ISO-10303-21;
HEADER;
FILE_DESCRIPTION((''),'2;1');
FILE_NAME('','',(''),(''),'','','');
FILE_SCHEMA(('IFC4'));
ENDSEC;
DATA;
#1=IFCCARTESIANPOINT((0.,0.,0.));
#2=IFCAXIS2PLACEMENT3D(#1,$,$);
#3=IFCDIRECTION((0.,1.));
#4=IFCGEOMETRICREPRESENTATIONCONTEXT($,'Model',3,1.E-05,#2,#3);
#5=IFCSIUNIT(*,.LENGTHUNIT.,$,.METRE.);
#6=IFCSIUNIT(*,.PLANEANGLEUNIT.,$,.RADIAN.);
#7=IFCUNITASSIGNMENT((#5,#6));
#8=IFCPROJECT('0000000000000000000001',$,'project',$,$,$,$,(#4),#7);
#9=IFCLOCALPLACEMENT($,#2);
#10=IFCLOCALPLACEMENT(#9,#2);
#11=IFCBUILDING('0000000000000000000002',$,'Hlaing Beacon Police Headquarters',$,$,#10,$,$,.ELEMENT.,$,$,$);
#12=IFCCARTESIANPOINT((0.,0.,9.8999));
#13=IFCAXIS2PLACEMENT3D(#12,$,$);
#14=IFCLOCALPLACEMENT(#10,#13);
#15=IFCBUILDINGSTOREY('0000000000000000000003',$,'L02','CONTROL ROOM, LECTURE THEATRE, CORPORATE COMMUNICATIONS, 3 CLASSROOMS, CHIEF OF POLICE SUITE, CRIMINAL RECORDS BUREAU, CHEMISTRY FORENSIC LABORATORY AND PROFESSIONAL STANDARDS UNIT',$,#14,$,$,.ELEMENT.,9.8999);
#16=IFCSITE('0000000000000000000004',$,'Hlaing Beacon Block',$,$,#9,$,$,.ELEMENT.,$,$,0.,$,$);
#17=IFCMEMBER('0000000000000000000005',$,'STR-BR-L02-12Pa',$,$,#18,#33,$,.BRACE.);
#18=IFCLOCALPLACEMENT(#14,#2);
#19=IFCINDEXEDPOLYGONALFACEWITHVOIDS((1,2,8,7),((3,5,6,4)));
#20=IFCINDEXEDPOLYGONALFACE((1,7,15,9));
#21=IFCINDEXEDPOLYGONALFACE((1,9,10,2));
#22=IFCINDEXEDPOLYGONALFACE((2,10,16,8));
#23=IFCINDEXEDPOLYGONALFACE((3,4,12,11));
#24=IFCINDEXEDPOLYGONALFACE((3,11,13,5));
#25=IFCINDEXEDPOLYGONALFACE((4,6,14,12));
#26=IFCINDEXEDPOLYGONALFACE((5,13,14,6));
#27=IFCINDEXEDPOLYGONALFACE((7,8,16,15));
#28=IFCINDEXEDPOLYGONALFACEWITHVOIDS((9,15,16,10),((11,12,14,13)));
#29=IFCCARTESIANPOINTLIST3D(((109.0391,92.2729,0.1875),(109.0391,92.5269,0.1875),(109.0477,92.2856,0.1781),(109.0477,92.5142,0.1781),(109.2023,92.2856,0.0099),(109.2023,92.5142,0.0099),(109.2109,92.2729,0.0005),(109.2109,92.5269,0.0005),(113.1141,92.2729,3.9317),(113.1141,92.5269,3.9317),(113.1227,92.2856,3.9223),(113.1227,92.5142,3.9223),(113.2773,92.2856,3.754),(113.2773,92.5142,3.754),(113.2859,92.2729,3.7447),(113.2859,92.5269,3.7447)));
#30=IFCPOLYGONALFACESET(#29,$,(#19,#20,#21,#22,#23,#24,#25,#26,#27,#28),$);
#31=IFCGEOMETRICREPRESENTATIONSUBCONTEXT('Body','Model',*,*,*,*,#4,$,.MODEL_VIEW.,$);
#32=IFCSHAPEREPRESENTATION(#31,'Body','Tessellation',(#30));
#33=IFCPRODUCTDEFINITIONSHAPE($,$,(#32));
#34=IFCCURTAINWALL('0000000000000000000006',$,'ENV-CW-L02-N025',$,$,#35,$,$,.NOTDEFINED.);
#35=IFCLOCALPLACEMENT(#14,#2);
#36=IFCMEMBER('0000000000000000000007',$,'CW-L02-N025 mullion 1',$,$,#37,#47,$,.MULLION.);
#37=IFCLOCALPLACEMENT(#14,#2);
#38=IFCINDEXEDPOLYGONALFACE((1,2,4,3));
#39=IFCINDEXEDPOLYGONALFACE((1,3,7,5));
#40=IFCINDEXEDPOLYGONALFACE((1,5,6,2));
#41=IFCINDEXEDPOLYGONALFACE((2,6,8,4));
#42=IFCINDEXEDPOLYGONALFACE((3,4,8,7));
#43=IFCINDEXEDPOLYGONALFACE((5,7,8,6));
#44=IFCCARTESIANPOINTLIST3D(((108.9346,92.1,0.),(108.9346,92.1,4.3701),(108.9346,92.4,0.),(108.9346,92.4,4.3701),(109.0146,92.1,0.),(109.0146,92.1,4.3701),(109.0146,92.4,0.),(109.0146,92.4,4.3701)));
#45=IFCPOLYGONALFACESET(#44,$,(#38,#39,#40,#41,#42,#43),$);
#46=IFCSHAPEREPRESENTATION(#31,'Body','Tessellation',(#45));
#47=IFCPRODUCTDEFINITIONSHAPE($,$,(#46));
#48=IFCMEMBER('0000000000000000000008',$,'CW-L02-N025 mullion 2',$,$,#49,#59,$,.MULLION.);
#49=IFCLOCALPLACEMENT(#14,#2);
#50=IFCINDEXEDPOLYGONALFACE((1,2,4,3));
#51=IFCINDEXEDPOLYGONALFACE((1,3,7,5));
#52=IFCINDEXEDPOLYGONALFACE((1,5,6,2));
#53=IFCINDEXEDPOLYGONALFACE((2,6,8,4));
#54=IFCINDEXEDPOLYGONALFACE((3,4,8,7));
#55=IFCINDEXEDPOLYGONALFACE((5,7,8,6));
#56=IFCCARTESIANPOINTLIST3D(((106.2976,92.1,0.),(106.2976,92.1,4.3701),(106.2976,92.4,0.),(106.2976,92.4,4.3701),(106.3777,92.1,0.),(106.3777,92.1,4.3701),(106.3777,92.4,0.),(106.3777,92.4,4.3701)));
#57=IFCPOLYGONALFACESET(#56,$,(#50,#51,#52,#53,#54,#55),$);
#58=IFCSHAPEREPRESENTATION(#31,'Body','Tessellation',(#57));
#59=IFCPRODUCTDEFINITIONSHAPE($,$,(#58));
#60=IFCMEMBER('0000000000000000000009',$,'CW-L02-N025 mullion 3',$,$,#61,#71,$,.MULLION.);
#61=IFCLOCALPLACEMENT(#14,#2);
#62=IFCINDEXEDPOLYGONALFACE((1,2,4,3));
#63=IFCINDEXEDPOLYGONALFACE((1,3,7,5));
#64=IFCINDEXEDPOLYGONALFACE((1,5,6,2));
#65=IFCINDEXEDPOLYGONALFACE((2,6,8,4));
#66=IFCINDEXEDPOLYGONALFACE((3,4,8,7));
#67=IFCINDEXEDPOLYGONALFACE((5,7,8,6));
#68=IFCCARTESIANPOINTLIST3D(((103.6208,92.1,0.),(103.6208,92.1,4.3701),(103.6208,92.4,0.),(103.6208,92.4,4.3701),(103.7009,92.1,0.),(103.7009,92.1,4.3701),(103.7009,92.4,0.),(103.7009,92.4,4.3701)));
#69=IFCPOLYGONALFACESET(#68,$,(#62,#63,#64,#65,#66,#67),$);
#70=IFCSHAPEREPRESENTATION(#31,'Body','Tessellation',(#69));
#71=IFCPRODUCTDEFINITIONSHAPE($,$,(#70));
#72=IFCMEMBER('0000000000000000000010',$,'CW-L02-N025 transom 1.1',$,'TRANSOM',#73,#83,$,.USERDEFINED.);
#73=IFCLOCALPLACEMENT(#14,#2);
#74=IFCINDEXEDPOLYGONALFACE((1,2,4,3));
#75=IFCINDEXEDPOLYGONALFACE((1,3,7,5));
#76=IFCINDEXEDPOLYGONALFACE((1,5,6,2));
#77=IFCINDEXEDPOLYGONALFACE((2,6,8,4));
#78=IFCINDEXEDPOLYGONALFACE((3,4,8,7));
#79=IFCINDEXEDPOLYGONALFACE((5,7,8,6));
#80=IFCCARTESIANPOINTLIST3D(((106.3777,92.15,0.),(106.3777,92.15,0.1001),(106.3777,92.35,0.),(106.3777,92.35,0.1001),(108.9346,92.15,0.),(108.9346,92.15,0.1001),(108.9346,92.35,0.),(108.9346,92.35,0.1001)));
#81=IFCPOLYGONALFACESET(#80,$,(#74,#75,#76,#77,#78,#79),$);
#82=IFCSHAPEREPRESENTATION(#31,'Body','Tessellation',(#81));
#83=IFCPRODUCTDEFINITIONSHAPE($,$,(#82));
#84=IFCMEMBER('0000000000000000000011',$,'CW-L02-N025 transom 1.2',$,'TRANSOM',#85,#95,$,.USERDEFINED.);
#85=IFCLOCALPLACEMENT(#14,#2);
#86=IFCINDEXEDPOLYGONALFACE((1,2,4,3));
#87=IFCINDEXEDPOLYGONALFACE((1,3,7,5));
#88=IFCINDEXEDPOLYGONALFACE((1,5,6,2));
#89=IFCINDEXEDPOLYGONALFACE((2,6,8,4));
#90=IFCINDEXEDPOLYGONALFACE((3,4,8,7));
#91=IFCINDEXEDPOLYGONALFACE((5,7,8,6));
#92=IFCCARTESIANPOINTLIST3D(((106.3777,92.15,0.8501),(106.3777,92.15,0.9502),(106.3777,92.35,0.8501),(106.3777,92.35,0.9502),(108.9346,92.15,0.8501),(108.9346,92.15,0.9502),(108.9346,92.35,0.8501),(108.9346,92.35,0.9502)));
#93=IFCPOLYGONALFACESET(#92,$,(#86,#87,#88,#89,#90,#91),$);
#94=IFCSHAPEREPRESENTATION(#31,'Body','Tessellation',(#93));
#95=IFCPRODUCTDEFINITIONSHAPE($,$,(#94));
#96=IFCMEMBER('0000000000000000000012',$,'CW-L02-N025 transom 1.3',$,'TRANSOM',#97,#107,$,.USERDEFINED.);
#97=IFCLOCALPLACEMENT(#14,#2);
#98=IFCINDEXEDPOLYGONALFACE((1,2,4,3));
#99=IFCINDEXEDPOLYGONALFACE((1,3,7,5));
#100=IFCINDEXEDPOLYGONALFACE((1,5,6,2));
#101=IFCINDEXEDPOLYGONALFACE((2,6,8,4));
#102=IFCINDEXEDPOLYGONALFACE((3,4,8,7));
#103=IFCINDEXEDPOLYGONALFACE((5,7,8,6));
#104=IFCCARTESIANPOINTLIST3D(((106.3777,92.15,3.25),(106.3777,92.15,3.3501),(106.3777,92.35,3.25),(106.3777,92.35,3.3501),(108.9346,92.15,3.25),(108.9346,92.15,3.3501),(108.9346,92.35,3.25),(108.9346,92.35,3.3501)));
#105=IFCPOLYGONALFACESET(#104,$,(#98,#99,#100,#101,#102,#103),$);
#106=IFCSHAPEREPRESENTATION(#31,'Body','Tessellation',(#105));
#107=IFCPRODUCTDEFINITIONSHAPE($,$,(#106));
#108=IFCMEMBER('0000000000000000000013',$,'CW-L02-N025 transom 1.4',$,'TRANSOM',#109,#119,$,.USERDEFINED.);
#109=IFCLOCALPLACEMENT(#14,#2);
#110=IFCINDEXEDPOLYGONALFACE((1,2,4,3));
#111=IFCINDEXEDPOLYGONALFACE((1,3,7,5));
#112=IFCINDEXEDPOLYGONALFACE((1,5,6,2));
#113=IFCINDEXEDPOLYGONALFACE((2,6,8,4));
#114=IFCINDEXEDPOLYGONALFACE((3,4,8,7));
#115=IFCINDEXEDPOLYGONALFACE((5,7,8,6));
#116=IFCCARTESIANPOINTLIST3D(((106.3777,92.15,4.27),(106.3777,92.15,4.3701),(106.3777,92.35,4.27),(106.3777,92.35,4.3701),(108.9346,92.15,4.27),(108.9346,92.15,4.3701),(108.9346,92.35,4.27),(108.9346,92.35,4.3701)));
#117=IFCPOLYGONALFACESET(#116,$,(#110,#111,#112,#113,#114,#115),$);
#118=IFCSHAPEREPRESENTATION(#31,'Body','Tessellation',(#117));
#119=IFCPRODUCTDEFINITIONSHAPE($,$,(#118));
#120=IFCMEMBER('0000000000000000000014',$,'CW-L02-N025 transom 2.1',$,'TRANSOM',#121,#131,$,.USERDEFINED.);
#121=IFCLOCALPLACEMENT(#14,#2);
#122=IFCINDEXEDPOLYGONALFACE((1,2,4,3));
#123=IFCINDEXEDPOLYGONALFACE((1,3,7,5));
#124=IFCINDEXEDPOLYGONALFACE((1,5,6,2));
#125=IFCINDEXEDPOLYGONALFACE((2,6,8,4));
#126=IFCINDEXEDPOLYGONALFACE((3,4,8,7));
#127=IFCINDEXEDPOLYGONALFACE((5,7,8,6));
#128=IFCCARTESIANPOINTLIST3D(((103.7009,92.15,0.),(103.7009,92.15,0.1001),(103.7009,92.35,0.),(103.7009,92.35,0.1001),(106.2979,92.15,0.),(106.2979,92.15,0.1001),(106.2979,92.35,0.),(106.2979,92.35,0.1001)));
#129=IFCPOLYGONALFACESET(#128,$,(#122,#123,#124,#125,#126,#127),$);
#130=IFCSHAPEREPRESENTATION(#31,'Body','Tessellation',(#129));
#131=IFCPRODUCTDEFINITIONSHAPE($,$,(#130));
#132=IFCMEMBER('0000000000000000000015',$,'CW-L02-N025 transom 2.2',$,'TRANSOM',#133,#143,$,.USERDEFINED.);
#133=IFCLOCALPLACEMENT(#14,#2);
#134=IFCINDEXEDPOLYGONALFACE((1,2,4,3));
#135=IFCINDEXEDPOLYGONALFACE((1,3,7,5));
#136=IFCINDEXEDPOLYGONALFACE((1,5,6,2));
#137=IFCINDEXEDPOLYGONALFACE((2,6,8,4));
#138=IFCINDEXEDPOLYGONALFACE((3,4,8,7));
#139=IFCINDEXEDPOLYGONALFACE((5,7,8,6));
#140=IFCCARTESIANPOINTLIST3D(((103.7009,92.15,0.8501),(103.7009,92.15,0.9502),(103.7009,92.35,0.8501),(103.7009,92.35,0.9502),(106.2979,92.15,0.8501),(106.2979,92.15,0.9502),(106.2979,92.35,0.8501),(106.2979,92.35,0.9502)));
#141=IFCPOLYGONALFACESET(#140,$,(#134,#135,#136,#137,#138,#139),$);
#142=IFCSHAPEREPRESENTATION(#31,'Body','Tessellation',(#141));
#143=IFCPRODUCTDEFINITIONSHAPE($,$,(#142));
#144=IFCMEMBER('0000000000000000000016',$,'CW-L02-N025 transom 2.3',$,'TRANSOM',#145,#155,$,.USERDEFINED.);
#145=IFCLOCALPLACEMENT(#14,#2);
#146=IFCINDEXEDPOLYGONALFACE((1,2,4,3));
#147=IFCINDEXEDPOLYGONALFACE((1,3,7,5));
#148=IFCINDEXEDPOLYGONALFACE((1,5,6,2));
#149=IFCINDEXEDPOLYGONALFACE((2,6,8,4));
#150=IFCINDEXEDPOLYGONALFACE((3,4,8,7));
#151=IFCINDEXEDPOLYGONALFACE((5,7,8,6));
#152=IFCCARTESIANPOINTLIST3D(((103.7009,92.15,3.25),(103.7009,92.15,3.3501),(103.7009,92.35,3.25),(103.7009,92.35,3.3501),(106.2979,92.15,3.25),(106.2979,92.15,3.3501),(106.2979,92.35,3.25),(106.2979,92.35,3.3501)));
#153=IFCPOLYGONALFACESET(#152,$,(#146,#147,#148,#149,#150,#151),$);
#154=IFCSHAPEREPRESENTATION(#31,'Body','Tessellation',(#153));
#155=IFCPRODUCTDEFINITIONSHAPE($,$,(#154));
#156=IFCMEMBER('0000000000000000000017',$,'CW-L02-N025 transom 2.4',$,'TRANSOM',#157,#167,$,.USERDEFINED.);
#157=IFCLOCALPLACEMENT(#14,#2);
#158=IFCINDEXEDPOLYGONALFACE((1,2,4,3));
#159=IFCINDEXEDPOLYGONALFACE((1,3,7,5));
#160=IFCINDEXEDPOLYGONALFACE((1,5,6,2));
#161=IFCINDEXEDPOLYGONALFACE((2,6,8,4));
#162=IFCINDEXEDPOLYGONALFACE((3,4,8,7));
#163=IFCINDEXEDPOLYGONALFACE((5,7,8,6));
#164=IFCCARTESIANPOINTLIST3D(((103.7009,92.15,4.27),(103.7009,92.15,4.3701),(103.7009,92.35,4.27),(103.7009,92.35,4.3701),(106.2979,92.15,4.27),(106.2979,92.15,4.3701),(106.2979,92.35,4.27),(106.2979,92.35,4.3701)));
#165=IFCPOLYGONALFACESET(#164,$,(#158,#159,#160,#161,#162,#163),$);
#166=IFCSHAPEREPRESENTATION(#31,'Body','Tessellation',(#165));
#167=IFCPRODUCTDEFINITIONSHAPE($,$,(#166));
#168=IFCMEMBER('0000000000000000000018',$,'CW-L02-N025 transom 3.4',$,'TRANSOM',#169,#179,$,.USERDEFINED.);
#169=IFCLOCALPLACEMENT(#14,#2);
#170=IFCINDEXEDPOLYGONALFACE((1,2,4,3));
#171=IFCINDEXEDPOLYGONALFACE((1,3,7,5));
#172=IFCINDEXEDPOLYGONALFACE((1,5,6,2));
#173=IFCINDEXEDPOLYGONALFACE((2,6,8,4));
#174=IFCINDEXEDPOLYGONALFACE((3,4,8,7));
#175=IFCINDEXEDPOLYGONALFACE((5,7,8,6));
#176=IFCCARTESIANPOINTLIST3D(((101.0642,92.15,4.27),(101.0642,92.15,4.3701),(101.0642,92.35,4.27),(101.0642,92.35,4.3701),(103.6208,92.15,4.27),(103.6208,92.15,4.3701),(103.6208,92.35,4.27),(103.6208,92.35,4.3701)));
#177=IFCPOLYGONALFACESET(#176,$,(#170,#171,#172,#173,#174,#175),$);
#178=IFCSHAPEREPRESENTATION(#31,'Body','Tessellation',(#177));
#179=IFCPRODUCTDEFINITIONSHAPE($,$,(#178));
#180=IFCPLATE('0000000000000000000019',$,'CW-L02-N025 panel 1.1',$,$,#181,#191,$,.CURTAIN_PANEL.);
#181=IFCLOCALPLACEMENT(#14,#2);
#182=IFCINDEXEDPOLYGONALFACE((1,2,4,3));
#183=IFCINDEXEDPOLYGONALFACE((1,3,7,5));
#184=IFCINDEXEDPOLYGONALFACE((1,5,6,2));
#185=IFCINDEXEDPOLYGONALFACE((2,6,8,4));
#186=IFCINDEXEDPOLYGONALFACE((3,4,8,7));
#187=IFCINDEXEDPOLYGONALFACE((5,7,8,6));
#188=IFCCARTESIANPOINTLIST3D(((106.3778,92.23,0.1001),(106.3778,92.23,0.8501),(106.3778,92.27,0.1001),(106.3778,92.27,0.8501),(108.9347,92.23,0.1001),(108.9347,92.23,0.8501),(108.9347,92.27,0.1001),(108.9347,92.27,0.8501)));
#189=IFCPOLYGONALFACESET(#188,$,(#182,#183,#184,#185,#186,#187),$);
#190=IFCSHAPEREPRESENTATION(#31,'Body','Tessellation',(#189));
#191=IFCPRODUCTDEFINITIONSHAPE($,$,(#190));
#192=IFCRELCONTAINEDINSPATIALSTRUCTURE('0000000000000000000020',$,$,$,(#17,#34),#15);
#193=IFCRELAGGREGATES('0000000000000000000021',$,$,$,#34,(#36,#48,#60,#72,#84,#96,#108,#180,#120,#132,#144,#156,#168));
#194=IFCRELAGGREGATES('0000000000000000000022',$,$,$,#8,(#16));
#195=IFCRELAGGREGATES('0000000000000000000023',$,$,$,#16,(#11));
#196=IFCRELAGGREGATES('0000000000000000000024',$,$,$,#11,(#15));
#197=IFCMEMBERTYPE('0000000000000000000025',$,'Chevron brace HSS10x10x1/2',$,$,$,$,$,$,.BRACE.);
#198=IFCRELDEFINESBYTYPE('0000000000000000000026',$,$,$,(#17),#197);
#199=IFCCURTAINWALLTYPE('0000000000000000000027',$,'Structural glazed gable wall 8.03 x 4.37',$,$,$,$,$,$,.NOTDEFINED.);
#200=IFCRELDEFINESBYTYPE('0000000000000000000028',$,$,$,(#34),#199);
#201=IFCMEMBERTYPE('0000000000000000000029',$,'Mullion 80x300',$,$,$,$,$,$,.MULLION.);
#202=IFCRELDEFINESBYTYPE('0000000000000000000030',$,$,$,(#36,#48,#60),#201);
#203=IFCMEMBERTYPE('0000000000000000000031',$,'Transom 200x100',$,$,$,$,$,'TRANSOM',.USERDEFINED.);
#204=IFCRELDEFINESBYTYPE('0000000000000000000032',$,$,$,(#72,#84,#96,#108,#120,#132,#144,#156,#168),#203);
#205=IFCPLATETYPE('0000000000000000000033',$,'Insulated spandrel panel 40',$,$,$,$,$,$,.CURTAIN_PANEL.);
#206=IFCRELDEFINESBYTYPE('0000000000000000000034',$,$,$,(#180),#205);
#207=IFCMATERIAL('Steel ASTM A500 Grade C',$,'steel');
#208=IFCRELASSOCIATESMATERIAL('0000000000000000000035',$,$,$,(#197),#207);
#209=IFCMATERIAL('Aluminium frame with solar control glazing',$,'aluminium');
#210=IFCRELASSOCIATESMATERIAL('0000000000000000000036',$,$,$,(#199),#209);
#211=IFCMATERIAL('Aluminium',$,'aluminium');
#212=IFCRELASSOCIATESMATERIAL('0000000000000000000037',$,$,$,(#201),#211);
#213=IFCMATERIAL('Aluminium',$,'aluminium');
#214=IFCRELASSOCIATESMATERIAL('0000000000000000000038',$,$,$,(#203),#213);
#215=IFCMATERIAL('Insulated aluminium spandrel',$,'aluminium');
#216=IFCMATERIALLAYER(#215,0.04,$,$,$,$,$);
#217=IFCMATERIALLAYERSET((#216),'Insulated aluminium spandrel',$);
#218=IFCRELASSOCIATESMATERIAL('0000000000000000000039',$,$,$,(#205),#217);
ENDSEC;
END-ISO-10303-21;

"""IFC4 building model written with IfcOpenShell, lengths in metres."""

from ifc_helpers import new_model, si_unit, direction, frame, origin, origin_2d, place, context, subcontext, project, spatial, rectangle, hollow_rectangle, extrude, material, layer, layer_set, material_profile, profile_set, type_object, element, aggregate, save


model = new_model("IFC4")

# Units and contexts
model_context = context("Model", 3, precision=1e-05, world=origin(), true_north=direction((0.0, 1.0)))
body_context = subcontext(model_context, "Body", "Model", "MODEL_VIEW")
ifc_project = project(units=[si_unit("LENGTHUNIT", "METRE"), si_unit("PLANEANGLEUNIT", "RADIAN")], contexts=[model_context])

# Site, building, storey
site_placement = place(None, origin())
site = spatial("IfcSite", under=ifc_project, at=site_placement, Name="Hlaing Beacon Block", CompositionType="ELEMENT", RefElevation=0.0)
building_placement = place(site_placement, origin())
building = spatial("IfcBuilding", under=site, at=building_placement, Name="Hlaing Beacon Police Headquarters", CompositionType="ELEMENT")
storey_placement = place(building_placement, frame((0.0, 0.0, 9.8999)))
storey = spatial("IfcBuildingStorey", under=building, at=storey_placement, Name="L02", Description="CONTROL ROOM, LECTURE THEATRE, CORPORATE COMMUNICATIONS, 3 CLASSROOMS, CHIEF OF POLICE SUITE, CRIMINAL RECORDS BUREAU, CHEMISTRY FORENSIC LABORATORY AND PROFESSIONAL STANDARDS UNIT", CompositionType="ELEMENT", Elevation=9.8999)

# Member
ifc_material_1 = material(Name="Steel ASTM A500 Grade C", Category="steel")
ifc_material_profile_1 = material_profile(ifc_material_1, hollow_rectangle(XDim=0.2539, YDim=0.2539, WallThickness=0.0127, at=origin_2d()), Name="HSS10x10x1/2")
ifc_profile_set_1 = profile_set([ifc_material_profile_1], Name="Steel ASTM A500 Grade C")
member_type_1 = type_object("IfcMemberType", Name="Chevron brace HSS10x10x1/2", PredefinedType="BRACE", material=ifc_profile_set_1)
member_1_placement = place(storey_placement, frame((109.125, 92.3999, 0.094), z_axis=(0.736364, 0.0, 0.676585), x_axis=(0.0, 1.0, 0.0)))
element("IfcMember", 1, at=member_1_placement, inside=storey, type_object=member_type_1, Name="STR-BR-L02-12Pa", PredefinedType="BRACE", context=body_context, shape_type="SweptSolid", body=[
    extrude(hollow_rectangle(XDim=0.2539, YDim=0.2539, WallThickness=0.0127, at=origin_2d()), origin(), (0.0, 0.0, 1.0), 5.5339),
])

# Curtain wall, members, plate
ifc_material_2 = material(Name="Aluminium frame with solar control glazing", Category="aluminium")
curtain_wall_type = type_object("IfcCurtainWallType", Name="Structural glazed gable wall 8.03 x 4.37", PredefinedType="NOTDEFINED", material=ifc_material_2)
curtain_wall_placement = place(storey_placement, origin())
curtain_wall = element("IfcCurtainWall", 2, at=curtain_wall_placement, inside=storey, type_object=curtain_wall_type, Name="ENV-CW-L02-N025", PredefinedType="NOTDEFINED")
ifc_material_3 = material(Name="Aluminium", Category="aluminium")
ifc_material_profile_2 = material_profile(ifc_material_3, rectangle(XDim=0.3, YDim=0.0801, at=origin_2d()), Name="Mullion 80x300")
ifc_profile_set_2 = profile_set([ifc_material_profile_2], Name="Aluminium")
member_type_2 = type_object("IfcMemberType", Name="Mullion 80x300", PredefinedType="MULLION", material=ifc_profile_set_2)
member_2_placement = place(storey_placement, frame((108.9746, 92.25, 0.0), z_axis=(0.0, 0.0, 1.0), x_axis=(0.0, -1.0, 0.0)))
member_2 = element("IfcMember", 3, at=member_2_placement, type_object=member_type_2, Name="CW-L02-N025 mullion 1", PredefinedType="MULLION", context=body_context, shape_type="SweptSolid", body=[
    extrude(rectangle(XDim=0.3, YDim=0.0801, at=origin_2d()), origin(), (0.0, 0.0, 1.0), 4.3701),
])
member_3_placement = place(storey_placement, frame((106.3376, 92.25, 0.0), z_axis=(0.0, 0.0, 1.0), x_axis=(0.0, -1.0, 0.0)))
member_3 = element("IfcMember", 4, at=member_3_placement, type_object=member_type_2, Name="CW-L02-N025 mullion 2", PredefinedType="MULLION", context=body_context, shape_type="SweptSolid", body=[
    extrude(rectangle(XDim=0.3, YDim=0.0801, at=origin_2d()), origin(), (0.0, 0.0, 1.0), 4.3701),
])
member_4_placement = place(storey_placement, frame((103.6609, 92.25, 0.0), z_axis=(0.0, 0.0, 1.0), x_axis=(0.0, -1.0, 0.0)))
member_4 = element("IfcMember", 5, at=member_4_placement, type_object=member_type_2, Name="CW-L02-N025 mullion 3", PredefinedType="MULLION", context=body_context, shape_type="SweptSolid", body=[
    extrude(rectangle(XDim=0.3, YDim=0.0801, at=origin_2d()), origin(), (0.0, 0.0, 1.0), 4.3701),
])
ifc_material_4 = material(Name="Aluminium", Category="aluminium")
ifc_material_profile_3 = material_profile(ifc_material_4, rectangle(XDim=0.2, YDim=0.1001, at=origin_2d()), Name="Transom 200x100")
ifc_profile_set_3 = profile_set([ifc_material_profile_3], Name="Aluminium")
member_type_3 = type_object("IfcMemberType", Name="Transom 200x100", ElementType="TRANSOM", PredefinedType="USERDEFINED", material=ifc_profile_set_3)
member_5_placement = place(storey_placement, frame((108.9346, 92.25, 0.05), z_axis=(-1.0, 0.0, 0.0), x_axis=(0.0, -1.0, 0.0)))
member_5 = element("IfcMember", 6, at=member_5_placement, type_object=member_type_3, Name="CW-L02-N025 transom 1.1", ObjectType="TRANSOM", PredefinedType="USERDEFINED", context=body_context, shape_type="SweptSolid", body=[
    extrude(rectangle(XDim=0.2, YDim=0.1001, at=origin_2d()), origin(), (0.0, 0.0, 1.0), 2.5569),
])
member_6_placement = place(storey_placement, frame((108.9346, 92.25, 0.9001), z_axis=(-1.0, 0.0, 0.0), x_axis=(0.0, -1.0, 0.0)))
member_6 = element("IfcMember", 7, at=member_6_placement, type_object=member_type_3, Name="CW-L02-N025 transom 1.2", ObjectType="TRANSOM", PredefinedType="USERDEFINED", context=body_context, shape_type="SweptSolid", body=[
    extrude(rectangle(XDim=0.2, YDim=0.1001, at=origin_2d()), origin(), (0.0, 0.0, 1.0), 2.5569),
])
member_7_placement = place(storey_placement, frame((108.9346, 92.25, 3.3), z_axis=(-1.0, 0.0, 0.0), x_axis=(0.0, -1.0, 0.0)))
member_7 = element("IfcMember", 8, at=member_7_placement, type_object=member_type_3, Name="CW-L02-N025 transom 1.3", ObjectType="TRANSOM", PredefinedType="USERDEFINED", context=body_context, shape_type="SweptSolid", body=[
    extrude(rectangle(XDim=0.2, YDim=0.1001, at=origin_2d()), origin(), (0.0, 0.0, 1.0), 2.5569),
])
member_8_placement = place(storey_placement, frame((108.9346, 92.25, 4.3201), z_axis=(-1.0, 0.0, 0.0), x_axis=(0.0, -1.0, 0.0)))
member_8 = element("IfcMember", 9, at=member_8_placement, type_object=member_type_3, Name="CW-L02-N025 transom 1.4", ObjectType="TRANSOM", PredefinedType="USERDEFINED", context=body_context, shape_type="SweptSolid", body=[
    extrude(rectangle(XDim=0.2, YDim=0.1001, at=origin_2d()), origin(), (0.0, 0.0, 1.0), 2.5569),
])
member_9_placement = place(storey_placement, frame((106.2979, 92.25, 0.05), z_axis=(-1.0, 0.0, 0.0), x_axis=(0.0, -1.0, 0.0)))
member_9 = element("IfcMember", 10, at=member_9_placement, type_object=member_type_3, Name="CW-L02-N025 transom 2.1", ObjectType="TRANSOM", PredefinedType="USERDEFINED", context=body_context, shape_type="SweptSolid", body=[
    extrude(rectangle(XDim=0.2, YDim=0.1001, at=origin_2d()), origin(), (0.0, 0.0, 1.0), 2.5969),
])
member_10_placement = place(storey_placement, frame((106.2979, 92.25, 0.9001), z_axis=(-1.0, 0.0, 0.0), x_axis=(0.0, -1.0, 0.0)))
member_10 = element("IfcMember", 11, at=member_10_placement, type_object=member_type_3, Name="CW-L02-N025 transom 2.2", ObjectType="TRANSOM", PredefinedType="USERDEFINED", context=body_context, shape_type="SweptSolid", body=[
    extrude(rectangle(XDim=0.2, YDim=0.1001, at=origin_2d()), origin(), (0.0, 0.0, 1.0), 2.5969),
])
member_11_placement = place(storey_placement, frame((106.2979, 92.25, 3.3), z_axis=(-1.0, 0.0, 0.0), x_axis=(0.0, -1.0, 0.0)))
member_11 = element("IfcMember", 12, at=member_11_placement, type_object=member_type_3, Name="CW-L02-N025 transom 2.3", ObjectType="TRANSOM", PredefinedType="USERDEFINED", context=body_context, shape_type="SweptSolid", body=[
    extrude(rectangle(XDim=0.2, YDim=0.1001, at=origin_2d()), origin(), (0.0, 0.0, 1.0), 2.5969),
])
member_12_placement = place(storey_placement, frame((106.2979, 92.25, 4.3201), z_axis=(-1.0, 0.0, 0.0), x_axis=(0.0, -1.0, 0.0)))
member_12 = element("IfcMember", 13, at=member_12_placement, type_object=member_type_3, Name="CW-L02-N025 transom 2.4", ObjectType="TRANSOM", PredefinedType="USERDEFINED", context=body_context, shape_type="SweptSolid", body=[
    extrude(rectangle(XDim=0.2, YDim=0.1001, at=origin_2d()), origin(), (0.0, 0.0, 1.0), 2.5969),
])
member_13_placement = place(storey_placement, frame((103.6208, 92.25, 4.3201), z_axis=(-1.0, 0.0, 0.0), x_axis=(0.0, -1.0, 0.0)))
member_13 = element("IfcMember", 14, at=member_13_placement, type_object=member_type_3, Name="CW-L02-N025 transom 3.4", ObjectType="TRANSOM", PredefinedType="USERDEFINED", context=body_context, shape_type="SweptSolid", body=[
    extrude(rectangle(XDim=0.2, YDim=0.1001, at=origin_2d()), origin(), (0.0, 0.0, 1.0), 2.5566),
])
ifc_material_5 = material(Name="Insulated aluminium spandrel", Category="aluminium")
ifc_layer_1 = layer(ifc_material_5, 0.04)
ifc_layer_set_1 = layer_set([ifc_layer_1], Name="Insulated aluminium spandrel")
plate_type_1 = type_object("IfcPlateType", Name="Insulated spandrel panel 40", PredefinedType="CURTAIN_PANEL", material=ifc_layer_set_1)
plate_1_placement = place(storey_placement, frame((107.6562, 92.25, 0.1001), z_axis=(0.0, 0.0, 1.0), x_axis=(-1.0, 0.0, 0.0)))
plate_1 = element("IfcPlate", 15, at=plate_1_placement, type_object=plate_type_1, Name="CW-L02-N025 panel 1.1", PredefinedType="CURTAIN_PANEL", context=body_context, shape_type="SweptSolid", body=[
    extrude(rectangle(XDim=2.5569, YDim=0.04, at=origin_2d()), origin(), (0.0, 0.0, 1.0), 0.75),
])
aggregate(curtain_wall, [member_2, member_3, member_4, member_5, member_6, member_7, member_8, plate_1, member_9, member_10, member_11, member_12, member_13])

save(model, "model.ifc")
